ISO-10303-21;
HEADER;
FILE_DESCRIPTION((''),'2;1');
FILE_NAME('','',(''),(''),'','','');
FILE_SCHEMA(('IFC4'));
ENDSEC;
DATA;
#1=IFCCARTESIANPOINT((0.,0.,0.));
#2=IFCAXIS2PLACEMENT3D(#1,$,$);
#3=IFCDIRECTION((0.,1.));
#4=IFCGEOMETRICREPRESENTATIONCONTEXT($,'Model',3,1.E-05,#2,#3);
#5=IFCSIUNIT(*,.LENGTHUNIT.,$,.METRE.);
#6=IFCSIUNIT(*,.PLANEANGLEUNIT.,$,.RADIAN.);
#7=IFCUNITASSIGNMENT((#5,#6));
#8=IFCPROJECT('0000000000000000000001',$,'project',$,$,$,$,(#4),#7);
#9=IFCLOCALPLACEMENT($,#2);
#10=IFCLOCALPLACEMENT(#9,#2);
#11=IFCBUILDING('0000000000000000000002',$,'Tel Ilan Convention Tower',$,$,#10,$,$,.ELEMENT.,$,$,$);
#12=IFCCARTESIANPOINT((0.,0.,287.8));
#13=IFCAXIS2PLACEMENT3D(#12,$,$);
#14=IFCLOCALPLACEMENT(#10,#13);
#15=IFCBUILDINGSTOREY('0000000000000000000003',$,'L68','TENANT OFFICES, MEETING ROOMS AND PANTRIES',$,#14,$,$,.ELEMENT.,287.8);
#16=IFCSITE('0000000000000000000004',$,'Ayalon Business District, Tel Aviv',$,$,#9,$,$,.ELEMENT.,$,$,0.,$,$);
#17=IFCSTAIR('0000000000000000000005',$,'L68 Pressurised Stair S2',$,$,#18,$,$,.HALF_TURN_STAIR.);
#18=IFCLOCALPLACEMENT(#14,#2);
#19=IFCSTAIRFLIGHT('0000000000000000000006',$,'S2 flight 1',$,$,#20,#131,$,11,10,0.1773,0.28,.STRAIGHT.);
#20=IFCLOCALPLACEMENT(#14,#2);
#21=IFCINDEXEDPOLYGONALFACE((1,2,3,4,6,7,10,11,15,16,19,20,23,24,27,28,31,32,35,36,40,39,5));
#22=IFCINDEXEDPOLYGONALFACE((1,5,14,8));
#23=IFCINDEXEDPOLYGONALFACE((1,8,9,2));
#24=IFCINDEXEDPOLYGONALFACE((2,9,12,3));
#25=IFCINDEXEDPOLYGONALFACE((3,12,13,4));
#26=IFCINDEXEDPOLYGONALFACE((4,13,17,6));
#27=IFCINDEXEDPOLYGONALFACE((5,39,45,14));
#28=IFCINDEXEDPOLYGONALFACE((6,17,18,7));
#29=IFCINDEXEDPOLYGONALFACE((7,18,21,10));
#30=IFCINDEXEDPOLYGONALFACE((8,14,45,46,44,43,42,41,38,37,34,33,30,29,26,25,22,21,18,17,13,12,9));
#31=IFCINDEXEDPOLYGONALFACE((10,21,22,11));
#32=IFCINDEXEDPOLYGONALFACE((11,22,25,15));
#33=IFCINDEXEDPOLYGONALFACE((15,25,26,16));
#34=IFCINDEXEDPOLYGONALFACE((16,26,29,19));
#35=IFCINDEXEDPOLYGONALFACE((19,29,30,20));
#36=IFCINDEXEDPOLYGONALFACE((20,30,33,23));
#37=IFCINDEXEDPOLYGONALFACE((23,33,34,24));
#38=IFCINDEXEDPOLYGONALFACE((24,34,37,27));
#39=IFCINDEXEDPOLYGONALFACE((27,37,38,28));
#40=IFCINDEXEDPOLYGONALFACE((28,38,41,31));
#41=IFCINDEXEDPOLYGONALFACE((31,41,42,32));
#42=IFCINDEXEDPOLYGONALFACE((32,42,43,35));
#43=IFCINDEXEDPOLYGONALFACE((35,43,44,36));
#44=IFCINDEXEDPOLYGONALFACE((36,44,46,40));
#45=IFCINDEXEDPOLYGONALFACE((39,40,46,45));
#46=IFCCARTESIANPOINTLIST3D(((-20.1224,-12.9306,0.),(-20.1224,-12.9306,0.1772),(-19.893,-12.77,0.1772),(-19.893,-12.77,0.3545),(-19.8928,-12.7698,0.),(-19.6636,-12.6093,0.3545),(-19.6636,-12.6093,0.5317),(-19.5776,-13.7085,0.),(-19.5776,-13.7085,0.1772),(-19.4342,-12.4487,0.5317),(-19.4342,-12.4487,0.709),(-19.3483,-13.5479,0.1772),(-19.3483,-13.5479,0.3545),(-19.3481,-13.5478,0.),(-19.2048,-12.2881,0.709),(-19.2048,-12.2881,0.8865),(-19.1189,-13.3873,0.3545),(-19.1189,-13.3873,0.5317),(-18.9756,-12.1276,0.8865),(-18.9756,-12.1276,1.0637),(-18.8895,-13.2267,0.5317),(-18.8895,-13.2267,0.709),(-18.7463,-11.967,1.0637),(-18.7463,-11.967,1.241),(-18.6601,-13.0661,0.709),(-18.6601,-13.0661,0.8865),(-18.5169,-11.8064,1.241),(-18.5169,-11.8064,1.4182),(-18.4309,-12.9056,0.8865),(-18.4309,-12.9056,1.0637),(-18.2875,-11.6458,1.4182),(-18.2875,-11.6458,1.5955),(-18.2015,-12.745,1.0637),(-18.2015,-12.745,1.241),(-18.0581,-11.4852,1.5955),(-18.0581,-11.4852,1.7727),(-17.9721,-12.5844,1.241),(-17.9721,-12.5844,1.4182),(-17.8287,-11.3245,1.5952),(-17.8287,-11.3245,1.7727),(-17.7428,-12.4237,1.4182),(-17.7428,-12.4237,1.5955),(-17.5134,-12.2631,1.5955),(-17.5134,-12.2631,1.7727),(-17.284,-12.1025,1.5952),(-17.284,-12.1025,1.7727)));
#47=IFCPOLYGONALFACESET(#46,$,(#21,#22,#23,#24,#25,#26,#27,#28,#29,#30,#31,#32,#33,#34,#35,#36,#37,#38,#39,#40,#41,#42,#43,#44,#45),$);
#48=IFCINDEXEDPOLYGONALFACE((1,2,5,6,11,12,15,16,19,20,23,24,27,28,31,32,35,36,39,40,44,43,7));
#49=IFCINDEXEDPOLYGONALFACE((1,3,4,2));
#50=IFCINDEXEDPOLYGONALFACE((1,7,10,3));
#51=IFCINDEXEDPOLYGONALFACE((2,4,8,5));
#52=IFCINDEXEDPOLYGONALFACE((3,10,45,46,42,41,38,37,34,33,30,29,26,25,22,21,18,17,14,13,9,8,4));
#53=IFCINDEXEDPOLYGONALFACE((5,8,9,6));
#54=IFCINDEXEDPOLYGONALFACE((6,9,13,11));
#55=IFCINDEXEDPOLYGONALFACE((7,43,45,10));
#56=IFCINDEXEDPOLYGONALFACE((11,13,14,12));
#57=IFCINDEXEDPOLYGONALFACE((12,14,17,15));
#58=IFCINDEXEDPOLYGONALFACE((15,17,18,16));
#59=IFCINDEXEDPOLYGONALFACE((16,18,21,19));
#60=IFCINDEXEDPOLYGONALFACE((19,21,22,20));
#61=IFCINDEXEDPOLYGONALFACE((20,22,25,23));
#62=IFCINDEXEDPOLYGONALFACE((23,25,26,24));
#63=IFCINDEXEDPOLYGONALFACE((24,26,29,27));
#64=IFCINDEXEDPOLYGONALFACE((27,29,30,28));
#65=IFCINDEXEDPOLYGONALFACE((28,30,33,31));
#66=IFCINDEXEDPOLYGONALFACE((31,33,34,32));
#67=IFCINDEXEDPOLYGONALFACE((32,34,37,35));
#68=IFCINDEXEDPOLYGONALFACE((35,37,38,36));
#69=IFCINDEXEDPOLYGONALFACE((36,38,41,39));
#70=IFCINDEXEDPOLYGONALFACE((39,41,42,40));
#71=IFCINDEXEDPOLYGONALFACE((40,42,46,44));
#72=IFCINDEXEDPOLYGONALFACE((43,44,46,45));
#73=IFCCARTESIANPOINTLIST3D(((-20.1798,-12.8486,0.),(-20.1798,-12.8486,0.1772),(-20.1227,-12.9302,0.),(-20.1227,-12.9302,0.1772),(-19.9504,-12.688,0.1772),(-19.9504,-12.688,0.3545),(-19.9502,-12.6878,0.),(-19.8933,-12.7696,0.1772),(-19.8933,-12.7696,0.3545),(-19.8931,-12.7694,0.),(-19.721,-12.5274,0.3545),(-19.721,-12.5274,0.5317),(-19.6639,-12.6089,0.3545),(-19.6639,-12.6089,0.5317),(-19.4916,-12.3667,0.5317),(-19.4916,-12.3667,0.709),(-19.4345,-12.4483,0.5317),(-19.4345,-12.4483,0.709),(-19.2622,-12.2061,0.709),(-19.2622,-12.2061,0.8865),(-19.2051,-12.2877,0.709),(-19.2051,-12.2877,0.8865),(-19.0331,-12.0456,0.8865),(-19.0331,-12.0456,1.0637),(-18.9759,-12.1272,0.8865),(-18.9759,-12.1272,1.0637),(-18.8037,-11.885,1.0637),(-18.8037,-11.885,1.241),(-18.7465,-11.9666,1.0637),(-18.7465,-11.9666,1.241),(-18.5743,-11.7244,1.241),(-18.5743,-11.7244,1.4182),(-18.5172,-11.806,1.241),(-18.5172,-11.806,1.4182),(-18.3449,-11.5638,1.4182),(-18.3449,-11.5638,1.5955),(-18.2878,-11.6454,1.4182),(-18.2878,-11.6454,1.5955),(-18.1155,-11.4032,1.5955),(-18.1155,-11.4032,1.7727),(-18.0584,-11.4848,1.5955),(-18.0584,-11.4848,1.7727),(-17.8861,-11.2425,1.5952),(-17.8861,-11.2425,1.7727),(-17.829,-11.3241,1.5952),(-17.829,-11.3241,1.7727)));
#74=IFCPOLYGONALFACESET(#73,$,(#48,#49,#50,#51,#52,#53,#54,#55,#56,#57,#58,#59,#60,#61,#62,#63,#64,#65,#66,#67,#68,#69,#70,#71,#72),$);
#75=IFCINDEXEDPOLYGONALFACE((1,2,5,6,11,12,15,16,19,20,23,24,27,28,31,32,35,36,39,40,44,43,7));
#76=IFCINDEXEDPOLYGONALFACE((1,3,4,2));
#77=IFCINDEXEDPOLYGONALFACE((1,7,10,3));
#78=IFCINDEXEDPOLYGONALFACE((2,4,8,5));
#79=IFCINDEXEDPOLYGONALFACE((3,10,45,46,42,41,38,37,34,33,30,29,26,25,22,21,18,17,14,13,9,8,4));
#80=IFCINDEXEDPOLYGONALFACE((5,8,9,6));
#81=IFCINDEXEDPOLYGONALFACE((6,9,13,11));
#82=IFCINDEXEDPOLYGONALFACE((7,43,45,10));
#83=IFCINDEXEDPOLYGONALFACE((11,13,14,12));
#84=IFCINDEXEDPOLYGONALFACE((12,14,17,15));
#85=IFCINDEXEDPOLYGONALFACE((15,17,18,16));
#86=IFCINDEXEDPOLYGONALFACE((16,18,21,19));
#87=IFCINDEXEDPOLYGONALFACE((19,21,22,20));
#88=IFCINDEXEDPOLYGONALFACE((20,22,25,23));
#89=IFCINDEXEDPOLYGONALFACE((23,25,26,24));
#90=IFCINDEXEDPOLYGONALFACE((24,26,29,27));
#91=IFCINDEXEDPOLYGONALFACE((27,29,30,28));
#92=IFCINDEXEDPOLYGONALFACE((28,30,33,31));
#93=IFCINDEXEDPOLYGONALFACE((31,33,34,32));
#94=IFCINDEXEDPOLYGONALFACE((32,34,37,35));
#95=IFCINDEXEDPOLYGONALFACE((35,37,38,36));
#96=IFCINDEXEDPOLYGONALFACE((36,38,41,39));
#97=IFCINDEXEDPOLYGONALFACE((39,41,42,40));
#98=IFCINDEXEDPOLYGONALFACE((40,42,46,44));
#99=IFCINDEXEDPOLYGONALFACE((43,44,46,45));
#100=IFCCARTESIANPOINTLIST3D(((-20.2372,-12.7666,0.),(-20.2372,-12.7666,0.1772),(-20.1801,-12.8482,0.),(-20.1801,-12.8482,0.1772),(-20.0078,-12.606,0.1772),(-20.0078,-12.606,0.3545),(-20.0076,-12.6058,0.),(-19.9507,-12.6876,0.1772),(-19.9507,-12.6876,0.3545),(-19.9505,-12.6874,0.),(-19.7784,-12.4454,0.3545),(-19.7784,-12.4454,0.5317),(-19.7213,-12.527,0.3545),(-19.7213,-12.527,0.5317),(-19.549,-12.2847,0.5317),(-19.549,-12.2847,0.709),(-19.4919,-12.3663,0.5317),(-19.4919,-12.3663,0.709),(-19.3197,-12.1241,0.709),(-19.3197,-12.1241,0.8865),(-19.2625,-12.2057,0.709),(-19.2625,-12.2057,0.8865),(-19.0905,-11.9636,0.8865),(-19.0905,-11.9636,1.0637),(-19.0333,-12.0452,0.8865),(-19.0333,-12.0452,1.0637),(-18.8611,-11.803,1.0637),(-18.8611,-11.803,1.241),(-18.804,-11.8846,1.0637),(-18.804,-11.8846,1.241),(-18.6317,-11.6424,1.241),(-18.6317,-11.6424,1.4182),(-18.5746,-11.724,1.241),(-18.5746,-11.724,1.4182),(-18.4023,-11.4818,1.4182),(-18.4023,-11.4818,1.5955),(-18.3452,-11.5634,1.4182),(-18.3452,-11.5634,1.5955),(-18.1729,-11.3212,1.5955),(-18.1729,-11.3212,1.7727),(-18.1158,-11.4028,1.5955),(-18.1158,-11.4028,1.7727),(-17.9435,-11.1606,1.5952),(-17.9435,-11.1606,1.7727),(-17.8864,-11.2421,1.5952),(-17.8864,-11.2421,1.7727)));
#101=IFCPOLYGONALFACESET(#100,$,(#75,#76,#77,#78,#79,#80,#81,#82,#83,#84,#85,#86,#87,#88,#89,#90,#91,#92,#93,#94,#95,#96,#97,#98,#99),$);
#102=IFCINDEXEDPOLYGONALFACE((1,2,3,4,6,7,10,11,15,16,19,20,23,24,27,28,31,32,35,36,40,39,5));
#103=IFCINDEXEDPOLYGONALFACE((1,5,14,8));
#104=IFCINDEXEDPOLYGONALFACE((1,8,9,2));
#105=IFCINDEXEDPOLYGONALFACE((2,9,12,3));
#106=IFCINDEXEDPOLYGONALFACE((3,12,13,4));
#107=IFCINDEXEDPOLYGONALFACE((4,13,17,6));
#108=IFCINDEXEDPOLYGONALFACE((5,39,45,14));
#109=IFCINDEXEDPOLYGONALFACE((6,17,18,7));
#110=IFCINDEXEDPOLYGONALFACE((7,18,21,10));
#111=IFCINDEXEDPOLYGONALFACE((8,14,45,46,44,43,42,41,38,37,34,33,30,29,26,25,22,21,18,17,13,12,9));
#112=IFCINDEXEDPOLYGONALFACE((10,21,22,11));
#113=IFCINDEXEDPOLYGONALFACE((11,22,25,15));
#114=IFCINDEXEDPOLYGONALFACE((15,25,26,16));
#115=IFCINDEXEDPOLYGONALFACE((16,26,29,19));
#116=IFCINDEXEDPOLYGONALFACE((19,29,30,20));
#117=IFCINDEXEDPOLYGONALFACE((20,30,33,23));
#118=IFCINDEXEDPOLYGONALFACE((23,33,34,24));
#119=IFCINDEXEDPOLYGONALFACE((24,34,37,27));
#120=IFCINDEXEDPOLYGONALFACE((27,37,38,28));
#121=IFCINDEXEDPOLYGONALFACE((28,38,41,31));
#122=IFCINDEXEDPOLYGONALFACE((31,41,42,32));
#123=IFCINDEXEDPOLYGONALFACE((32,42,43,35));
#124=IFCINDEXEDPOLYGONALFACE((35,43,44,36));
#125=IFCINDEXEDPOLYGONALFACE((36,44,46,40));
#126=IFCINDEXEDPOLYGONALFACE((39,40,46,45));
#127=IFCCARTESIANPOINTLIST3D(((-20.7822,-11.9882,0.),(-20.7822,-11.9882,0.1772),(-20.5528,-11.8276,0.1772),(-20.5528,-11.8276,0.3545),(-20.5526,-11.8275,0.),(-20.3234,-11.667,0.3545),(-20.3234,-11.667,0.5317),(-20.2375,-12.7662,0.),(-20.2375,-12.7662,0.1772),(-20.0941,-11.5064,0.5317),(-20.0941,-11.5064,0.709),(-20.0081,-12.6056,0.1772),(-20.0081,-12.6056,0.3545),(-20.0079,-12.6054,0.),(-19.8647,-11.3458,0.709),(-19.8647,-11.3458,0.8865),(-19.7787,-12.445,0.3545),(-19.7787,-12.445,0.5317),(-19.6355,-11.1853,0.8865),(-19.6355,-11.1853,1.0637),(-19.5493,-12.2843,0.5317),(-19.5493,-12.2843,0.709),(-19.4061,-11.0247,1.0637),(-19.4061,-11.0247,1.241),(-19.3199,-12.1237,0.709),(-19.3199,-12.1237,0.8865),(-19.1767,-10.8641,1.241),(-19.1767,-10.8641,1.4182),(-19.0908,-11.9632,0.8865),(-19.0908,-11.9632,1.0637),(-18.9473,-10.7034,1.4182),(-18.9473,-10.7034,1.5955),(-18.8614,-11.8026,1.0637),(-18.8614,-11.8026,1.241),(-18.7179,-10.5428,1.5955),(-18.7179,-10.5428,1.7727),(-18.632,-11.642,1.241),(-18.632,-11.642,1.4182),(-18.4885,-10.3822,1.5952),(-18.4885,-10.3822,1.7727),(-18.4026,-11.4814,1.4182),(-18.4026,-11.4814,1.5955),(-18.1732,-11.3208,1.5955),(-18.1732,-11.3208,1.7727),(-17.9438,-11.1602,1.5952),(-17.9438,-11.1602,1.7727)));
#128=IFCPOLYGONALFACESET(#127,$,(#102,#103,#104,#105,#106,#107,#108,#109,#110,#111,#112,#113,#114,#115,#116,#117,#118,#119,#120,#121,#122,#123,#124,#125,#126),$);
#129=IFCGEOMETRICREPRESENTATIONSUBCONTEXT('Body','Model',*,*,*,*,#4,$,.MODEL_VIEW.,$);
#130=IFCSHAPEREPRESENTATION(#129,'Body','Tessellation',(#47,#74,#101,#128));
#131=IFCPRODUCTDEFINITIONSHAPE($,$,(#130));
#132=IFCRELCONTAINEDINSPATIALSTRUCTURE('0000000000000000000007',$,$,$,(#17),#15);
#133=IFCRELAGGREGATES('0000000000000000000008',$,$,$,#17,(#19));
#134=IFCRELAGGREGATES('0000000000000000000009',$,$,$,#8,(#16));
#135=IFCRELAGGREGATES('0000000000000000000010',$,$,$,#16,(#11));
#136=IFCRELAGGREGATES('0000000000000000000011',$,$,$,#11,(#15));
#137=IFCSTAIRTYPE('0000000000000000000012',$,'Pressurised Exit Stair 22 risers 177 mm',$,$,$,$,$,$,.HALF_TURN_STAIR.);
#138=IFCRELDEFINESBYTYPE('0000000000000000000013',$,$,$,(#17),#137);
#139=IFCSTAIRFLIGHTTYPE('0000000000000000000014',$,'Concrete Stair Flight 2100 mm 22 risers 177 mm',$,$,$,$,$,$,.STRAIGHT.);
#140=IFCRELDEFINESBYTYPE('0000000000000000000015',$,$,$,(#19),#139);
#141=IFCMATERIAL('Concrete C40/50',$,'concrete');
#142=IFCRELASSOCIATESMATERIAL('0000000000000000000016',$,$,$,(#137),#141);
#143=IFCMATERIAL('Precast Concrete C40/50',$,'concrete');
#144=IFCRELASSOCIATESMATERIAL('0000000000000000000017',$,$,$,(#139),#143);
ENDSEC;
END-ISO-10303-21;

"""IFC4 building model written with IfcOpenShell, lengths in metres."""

from ifc_helpers import new_model, si_unit, direction, frame, origin, place, context, subcontext, project, spatial, polyline, outline, extrude, material, type_object, element, aggregate, save


model = new_model("IFC4")

# Units and contexts
model_context = context("Model", 3, precision=1e-05, world=origin(), true_north=direction((0.0, 1.0)))
body_context = subcontext(model_context, "Body", "Model", "MODEL_VIEW")
ifc_project = project(units=[si_unit("LENGTHUNIT", "METRE"), si_unit("PLANEANGLEUNIT", "RADIAN")], contexts=[model_context])

# Site, building, storey
site_placement = place(None, origin())
site = spatial("IfcSite", under=ifc_project, at=site_placement, Name="Ayalon Business District, Tel Aviv", CompositionType="ELEMENT", RefElevation=0.0)
building_placement = place(site_placement, origin())
building = spatial("IfcBuilding", under=site, at=building_placement, Name="Tel Ilan Convention Tower", CompositionType="ELEMENT")
storey_placement = place(building_placement, frame((0.0, 0.0, 287.8)))
storey = spatial("IfcBuildingStorey", under=building, at=storey_placement, Name="L68", Description="TENANT OFFICES, MEETING ROOMS AND PANTRIES", CompositionType="ELEMENT", Elevation=287.8)

# Stair, stair flight
ifc_material_1 = material(Name="Concrete C40/50", Category="concrete")
stair_type = type_object("IfcStairType", Name="Pressurised Exit Stair 22 risers 177 mm", PredefinedType="HALF_TURN_STAIR", material=ifc_material_1)
ifc_material_2 = material(Name="Precast Concrete C40/50", Category="concrete")
stair_flight_type = type_object("IfcStairFlightType", Name="Concrete Stair Flight 2100 mm 22 risers 177 mm", PredefinedType="STRAIGHT", material=ifc_material_2)
stair_1_placement = place(storey_placement, origin())
stair_1 = element("IfcStair", 1, at=stair_1_placement, inside=storey, type_object=stair_type, Name="L68 Pressurised Stair S2", PredefinedType="HALF_TURN_STAIR")
stair_flight_1_placement = place(storey_placement, frame((-20.1799, -12.8484, 0.0), z_axis=(0.0, 0.0, 1.0), x_axis=(0.819152, 0.573576, 0.0)))
stair_flight_1 = element("IfcStairFlight", 2, at=stair_flight_1_placement, type_object=stair_flight_type, Name="S2 flight 1", NumberOfRisers=11, NumberOfTreads=10, PredefinedType="STRAIGHT", RiserHeight=0.1773, TreadLength=0.28, context=body_context, shape_type="SweptSolid", body=[
    extrude(outline(polyline([(0.0, 0.0), (0.0, 0.1772), (0.28, 0.1772), (0.28, 0.3545), (0.5601, 0.3545), (0.5601, 0.5317), (0.8401, 0.5317), (0.8401, 0.709), (1.1201, 0.709), (1.1201, 0.8865), (1.3999, 0.8865), (1.3999, 1.0637), (1.6799, 1.0637), (1.6799, 1.241), (1.96, 1.241), (1.96, 1.4182), (2.24, 1.4182), (2.24, 1.5955), (2.52, 1.5955), (2.52, 1.7727), (2.8, 1.7727), (2.8, 1.95), (2.8, 1.5952), (0.2803, 0.0), (0.0, 0.0)])), frame((0.0, -0.1003, 0.0), z_axis=(0.0, -1.0, 0.0), x_axis=(1.0, 0.0, 0.0)), (0.0, 0.0, 1.0), 0.9497),
    extrude(outline(polyline([(0.0, 0.0), (0.0, 0.1772), (0.28, 0.1772), (0.28, 0.3545), (0.5601, 0.3545), (0.5601, 0.5317), (0.8401, 0.5317), (0.8401, 0.709), (1.1201, 0.709), (1.1201, 0.8865), (1.3999, 0.8865), (1.3999, 1.0637), (1.6799, 1.0637), (1.6799, 1.241), (1.96, 1.241), (1.96, 1.4182), (2.24, 1.4182), (2.24, 1.5955), (2.52, 1.5955), (2.52, 1.7727), (2.8, 1.7727), (2.8, 1.95), (2.8, 1.5952), (0.2803, 0.0), (0.0, 0.0)])), frame((0.0, -0.0002, 0.0), z_axis=(0.0, -1.0, 0.0), x_axis=(1.0, 0.0, 0.0)), (0.0, 0.0, 1.0), 0.0996),
    extrude(outline(polyline([(0.0, 0.0), (0.0, 0.1772), (0.28, 0.1772), (0.28, 0.3545), (0.5601, 0.3545), (0.5601, 0.5317), (0.8401, 0.5317), (0.8401, 0.709), (1.1201, 0.709), (1.1201, 0.8865), (1.3999, 0.8865), (1.3999, 1.0637), (1.6799, 1.0637), (1.6799, 1.241), (1.96, 1.241), (1.96, 1.4182), (2.24, 1.4182), (2.24, 1.5955), (2.52, 1.5955), (2.52, 1.7727), (2.8, 1.7727), (2.8, 1.95), (2.8, 1.5952), (0.2803, 0.0), (0.0, 0.0)])), frame((0.0, 0.0999, 0.0), z_axis=(0.0, -1.0, 0.0), x_axis=(1.0, 0.0, 0.0)), (0.0, 0.0, 1.0), 0.0996),
    extrude(outline(polyline([(0.0, 0.0), (0.0, 0.1772), (0.28, 0.1772), (0.28, 0.3545), (0.5601, 0.3545), (0.5601, 0.5317), (0.8401, 0.5317), (0.8401, 0.709), (1.1201, 0.709), (1.1201, 0.8865), (1.3999, 0.8865), (1.3999, 1.0637), (1.6799, 1.0637), (1.6799, 1.241), (1.96, 1.241), (1.96, 1.4182), (2.24, 1.4182), (2.24, 1.5955), (2.52, 1.5955), (2.52, 1.7727), (2.8, 1.7727), (2.8, 1.95), (2.8, 1.5952), (0.2803, 0.0), (0.0, 0.0)])), frame((0.0, 1.05, 0.0), z_axis=(0.0, -1.0, 0.0), x_axis=(1.0, 0.0, 0.0)), (0.0, 0.0, 1.0), 0.9497),
])
aggregate(stair_1, [stair_flight_1])

save(model, "model.ifc")
